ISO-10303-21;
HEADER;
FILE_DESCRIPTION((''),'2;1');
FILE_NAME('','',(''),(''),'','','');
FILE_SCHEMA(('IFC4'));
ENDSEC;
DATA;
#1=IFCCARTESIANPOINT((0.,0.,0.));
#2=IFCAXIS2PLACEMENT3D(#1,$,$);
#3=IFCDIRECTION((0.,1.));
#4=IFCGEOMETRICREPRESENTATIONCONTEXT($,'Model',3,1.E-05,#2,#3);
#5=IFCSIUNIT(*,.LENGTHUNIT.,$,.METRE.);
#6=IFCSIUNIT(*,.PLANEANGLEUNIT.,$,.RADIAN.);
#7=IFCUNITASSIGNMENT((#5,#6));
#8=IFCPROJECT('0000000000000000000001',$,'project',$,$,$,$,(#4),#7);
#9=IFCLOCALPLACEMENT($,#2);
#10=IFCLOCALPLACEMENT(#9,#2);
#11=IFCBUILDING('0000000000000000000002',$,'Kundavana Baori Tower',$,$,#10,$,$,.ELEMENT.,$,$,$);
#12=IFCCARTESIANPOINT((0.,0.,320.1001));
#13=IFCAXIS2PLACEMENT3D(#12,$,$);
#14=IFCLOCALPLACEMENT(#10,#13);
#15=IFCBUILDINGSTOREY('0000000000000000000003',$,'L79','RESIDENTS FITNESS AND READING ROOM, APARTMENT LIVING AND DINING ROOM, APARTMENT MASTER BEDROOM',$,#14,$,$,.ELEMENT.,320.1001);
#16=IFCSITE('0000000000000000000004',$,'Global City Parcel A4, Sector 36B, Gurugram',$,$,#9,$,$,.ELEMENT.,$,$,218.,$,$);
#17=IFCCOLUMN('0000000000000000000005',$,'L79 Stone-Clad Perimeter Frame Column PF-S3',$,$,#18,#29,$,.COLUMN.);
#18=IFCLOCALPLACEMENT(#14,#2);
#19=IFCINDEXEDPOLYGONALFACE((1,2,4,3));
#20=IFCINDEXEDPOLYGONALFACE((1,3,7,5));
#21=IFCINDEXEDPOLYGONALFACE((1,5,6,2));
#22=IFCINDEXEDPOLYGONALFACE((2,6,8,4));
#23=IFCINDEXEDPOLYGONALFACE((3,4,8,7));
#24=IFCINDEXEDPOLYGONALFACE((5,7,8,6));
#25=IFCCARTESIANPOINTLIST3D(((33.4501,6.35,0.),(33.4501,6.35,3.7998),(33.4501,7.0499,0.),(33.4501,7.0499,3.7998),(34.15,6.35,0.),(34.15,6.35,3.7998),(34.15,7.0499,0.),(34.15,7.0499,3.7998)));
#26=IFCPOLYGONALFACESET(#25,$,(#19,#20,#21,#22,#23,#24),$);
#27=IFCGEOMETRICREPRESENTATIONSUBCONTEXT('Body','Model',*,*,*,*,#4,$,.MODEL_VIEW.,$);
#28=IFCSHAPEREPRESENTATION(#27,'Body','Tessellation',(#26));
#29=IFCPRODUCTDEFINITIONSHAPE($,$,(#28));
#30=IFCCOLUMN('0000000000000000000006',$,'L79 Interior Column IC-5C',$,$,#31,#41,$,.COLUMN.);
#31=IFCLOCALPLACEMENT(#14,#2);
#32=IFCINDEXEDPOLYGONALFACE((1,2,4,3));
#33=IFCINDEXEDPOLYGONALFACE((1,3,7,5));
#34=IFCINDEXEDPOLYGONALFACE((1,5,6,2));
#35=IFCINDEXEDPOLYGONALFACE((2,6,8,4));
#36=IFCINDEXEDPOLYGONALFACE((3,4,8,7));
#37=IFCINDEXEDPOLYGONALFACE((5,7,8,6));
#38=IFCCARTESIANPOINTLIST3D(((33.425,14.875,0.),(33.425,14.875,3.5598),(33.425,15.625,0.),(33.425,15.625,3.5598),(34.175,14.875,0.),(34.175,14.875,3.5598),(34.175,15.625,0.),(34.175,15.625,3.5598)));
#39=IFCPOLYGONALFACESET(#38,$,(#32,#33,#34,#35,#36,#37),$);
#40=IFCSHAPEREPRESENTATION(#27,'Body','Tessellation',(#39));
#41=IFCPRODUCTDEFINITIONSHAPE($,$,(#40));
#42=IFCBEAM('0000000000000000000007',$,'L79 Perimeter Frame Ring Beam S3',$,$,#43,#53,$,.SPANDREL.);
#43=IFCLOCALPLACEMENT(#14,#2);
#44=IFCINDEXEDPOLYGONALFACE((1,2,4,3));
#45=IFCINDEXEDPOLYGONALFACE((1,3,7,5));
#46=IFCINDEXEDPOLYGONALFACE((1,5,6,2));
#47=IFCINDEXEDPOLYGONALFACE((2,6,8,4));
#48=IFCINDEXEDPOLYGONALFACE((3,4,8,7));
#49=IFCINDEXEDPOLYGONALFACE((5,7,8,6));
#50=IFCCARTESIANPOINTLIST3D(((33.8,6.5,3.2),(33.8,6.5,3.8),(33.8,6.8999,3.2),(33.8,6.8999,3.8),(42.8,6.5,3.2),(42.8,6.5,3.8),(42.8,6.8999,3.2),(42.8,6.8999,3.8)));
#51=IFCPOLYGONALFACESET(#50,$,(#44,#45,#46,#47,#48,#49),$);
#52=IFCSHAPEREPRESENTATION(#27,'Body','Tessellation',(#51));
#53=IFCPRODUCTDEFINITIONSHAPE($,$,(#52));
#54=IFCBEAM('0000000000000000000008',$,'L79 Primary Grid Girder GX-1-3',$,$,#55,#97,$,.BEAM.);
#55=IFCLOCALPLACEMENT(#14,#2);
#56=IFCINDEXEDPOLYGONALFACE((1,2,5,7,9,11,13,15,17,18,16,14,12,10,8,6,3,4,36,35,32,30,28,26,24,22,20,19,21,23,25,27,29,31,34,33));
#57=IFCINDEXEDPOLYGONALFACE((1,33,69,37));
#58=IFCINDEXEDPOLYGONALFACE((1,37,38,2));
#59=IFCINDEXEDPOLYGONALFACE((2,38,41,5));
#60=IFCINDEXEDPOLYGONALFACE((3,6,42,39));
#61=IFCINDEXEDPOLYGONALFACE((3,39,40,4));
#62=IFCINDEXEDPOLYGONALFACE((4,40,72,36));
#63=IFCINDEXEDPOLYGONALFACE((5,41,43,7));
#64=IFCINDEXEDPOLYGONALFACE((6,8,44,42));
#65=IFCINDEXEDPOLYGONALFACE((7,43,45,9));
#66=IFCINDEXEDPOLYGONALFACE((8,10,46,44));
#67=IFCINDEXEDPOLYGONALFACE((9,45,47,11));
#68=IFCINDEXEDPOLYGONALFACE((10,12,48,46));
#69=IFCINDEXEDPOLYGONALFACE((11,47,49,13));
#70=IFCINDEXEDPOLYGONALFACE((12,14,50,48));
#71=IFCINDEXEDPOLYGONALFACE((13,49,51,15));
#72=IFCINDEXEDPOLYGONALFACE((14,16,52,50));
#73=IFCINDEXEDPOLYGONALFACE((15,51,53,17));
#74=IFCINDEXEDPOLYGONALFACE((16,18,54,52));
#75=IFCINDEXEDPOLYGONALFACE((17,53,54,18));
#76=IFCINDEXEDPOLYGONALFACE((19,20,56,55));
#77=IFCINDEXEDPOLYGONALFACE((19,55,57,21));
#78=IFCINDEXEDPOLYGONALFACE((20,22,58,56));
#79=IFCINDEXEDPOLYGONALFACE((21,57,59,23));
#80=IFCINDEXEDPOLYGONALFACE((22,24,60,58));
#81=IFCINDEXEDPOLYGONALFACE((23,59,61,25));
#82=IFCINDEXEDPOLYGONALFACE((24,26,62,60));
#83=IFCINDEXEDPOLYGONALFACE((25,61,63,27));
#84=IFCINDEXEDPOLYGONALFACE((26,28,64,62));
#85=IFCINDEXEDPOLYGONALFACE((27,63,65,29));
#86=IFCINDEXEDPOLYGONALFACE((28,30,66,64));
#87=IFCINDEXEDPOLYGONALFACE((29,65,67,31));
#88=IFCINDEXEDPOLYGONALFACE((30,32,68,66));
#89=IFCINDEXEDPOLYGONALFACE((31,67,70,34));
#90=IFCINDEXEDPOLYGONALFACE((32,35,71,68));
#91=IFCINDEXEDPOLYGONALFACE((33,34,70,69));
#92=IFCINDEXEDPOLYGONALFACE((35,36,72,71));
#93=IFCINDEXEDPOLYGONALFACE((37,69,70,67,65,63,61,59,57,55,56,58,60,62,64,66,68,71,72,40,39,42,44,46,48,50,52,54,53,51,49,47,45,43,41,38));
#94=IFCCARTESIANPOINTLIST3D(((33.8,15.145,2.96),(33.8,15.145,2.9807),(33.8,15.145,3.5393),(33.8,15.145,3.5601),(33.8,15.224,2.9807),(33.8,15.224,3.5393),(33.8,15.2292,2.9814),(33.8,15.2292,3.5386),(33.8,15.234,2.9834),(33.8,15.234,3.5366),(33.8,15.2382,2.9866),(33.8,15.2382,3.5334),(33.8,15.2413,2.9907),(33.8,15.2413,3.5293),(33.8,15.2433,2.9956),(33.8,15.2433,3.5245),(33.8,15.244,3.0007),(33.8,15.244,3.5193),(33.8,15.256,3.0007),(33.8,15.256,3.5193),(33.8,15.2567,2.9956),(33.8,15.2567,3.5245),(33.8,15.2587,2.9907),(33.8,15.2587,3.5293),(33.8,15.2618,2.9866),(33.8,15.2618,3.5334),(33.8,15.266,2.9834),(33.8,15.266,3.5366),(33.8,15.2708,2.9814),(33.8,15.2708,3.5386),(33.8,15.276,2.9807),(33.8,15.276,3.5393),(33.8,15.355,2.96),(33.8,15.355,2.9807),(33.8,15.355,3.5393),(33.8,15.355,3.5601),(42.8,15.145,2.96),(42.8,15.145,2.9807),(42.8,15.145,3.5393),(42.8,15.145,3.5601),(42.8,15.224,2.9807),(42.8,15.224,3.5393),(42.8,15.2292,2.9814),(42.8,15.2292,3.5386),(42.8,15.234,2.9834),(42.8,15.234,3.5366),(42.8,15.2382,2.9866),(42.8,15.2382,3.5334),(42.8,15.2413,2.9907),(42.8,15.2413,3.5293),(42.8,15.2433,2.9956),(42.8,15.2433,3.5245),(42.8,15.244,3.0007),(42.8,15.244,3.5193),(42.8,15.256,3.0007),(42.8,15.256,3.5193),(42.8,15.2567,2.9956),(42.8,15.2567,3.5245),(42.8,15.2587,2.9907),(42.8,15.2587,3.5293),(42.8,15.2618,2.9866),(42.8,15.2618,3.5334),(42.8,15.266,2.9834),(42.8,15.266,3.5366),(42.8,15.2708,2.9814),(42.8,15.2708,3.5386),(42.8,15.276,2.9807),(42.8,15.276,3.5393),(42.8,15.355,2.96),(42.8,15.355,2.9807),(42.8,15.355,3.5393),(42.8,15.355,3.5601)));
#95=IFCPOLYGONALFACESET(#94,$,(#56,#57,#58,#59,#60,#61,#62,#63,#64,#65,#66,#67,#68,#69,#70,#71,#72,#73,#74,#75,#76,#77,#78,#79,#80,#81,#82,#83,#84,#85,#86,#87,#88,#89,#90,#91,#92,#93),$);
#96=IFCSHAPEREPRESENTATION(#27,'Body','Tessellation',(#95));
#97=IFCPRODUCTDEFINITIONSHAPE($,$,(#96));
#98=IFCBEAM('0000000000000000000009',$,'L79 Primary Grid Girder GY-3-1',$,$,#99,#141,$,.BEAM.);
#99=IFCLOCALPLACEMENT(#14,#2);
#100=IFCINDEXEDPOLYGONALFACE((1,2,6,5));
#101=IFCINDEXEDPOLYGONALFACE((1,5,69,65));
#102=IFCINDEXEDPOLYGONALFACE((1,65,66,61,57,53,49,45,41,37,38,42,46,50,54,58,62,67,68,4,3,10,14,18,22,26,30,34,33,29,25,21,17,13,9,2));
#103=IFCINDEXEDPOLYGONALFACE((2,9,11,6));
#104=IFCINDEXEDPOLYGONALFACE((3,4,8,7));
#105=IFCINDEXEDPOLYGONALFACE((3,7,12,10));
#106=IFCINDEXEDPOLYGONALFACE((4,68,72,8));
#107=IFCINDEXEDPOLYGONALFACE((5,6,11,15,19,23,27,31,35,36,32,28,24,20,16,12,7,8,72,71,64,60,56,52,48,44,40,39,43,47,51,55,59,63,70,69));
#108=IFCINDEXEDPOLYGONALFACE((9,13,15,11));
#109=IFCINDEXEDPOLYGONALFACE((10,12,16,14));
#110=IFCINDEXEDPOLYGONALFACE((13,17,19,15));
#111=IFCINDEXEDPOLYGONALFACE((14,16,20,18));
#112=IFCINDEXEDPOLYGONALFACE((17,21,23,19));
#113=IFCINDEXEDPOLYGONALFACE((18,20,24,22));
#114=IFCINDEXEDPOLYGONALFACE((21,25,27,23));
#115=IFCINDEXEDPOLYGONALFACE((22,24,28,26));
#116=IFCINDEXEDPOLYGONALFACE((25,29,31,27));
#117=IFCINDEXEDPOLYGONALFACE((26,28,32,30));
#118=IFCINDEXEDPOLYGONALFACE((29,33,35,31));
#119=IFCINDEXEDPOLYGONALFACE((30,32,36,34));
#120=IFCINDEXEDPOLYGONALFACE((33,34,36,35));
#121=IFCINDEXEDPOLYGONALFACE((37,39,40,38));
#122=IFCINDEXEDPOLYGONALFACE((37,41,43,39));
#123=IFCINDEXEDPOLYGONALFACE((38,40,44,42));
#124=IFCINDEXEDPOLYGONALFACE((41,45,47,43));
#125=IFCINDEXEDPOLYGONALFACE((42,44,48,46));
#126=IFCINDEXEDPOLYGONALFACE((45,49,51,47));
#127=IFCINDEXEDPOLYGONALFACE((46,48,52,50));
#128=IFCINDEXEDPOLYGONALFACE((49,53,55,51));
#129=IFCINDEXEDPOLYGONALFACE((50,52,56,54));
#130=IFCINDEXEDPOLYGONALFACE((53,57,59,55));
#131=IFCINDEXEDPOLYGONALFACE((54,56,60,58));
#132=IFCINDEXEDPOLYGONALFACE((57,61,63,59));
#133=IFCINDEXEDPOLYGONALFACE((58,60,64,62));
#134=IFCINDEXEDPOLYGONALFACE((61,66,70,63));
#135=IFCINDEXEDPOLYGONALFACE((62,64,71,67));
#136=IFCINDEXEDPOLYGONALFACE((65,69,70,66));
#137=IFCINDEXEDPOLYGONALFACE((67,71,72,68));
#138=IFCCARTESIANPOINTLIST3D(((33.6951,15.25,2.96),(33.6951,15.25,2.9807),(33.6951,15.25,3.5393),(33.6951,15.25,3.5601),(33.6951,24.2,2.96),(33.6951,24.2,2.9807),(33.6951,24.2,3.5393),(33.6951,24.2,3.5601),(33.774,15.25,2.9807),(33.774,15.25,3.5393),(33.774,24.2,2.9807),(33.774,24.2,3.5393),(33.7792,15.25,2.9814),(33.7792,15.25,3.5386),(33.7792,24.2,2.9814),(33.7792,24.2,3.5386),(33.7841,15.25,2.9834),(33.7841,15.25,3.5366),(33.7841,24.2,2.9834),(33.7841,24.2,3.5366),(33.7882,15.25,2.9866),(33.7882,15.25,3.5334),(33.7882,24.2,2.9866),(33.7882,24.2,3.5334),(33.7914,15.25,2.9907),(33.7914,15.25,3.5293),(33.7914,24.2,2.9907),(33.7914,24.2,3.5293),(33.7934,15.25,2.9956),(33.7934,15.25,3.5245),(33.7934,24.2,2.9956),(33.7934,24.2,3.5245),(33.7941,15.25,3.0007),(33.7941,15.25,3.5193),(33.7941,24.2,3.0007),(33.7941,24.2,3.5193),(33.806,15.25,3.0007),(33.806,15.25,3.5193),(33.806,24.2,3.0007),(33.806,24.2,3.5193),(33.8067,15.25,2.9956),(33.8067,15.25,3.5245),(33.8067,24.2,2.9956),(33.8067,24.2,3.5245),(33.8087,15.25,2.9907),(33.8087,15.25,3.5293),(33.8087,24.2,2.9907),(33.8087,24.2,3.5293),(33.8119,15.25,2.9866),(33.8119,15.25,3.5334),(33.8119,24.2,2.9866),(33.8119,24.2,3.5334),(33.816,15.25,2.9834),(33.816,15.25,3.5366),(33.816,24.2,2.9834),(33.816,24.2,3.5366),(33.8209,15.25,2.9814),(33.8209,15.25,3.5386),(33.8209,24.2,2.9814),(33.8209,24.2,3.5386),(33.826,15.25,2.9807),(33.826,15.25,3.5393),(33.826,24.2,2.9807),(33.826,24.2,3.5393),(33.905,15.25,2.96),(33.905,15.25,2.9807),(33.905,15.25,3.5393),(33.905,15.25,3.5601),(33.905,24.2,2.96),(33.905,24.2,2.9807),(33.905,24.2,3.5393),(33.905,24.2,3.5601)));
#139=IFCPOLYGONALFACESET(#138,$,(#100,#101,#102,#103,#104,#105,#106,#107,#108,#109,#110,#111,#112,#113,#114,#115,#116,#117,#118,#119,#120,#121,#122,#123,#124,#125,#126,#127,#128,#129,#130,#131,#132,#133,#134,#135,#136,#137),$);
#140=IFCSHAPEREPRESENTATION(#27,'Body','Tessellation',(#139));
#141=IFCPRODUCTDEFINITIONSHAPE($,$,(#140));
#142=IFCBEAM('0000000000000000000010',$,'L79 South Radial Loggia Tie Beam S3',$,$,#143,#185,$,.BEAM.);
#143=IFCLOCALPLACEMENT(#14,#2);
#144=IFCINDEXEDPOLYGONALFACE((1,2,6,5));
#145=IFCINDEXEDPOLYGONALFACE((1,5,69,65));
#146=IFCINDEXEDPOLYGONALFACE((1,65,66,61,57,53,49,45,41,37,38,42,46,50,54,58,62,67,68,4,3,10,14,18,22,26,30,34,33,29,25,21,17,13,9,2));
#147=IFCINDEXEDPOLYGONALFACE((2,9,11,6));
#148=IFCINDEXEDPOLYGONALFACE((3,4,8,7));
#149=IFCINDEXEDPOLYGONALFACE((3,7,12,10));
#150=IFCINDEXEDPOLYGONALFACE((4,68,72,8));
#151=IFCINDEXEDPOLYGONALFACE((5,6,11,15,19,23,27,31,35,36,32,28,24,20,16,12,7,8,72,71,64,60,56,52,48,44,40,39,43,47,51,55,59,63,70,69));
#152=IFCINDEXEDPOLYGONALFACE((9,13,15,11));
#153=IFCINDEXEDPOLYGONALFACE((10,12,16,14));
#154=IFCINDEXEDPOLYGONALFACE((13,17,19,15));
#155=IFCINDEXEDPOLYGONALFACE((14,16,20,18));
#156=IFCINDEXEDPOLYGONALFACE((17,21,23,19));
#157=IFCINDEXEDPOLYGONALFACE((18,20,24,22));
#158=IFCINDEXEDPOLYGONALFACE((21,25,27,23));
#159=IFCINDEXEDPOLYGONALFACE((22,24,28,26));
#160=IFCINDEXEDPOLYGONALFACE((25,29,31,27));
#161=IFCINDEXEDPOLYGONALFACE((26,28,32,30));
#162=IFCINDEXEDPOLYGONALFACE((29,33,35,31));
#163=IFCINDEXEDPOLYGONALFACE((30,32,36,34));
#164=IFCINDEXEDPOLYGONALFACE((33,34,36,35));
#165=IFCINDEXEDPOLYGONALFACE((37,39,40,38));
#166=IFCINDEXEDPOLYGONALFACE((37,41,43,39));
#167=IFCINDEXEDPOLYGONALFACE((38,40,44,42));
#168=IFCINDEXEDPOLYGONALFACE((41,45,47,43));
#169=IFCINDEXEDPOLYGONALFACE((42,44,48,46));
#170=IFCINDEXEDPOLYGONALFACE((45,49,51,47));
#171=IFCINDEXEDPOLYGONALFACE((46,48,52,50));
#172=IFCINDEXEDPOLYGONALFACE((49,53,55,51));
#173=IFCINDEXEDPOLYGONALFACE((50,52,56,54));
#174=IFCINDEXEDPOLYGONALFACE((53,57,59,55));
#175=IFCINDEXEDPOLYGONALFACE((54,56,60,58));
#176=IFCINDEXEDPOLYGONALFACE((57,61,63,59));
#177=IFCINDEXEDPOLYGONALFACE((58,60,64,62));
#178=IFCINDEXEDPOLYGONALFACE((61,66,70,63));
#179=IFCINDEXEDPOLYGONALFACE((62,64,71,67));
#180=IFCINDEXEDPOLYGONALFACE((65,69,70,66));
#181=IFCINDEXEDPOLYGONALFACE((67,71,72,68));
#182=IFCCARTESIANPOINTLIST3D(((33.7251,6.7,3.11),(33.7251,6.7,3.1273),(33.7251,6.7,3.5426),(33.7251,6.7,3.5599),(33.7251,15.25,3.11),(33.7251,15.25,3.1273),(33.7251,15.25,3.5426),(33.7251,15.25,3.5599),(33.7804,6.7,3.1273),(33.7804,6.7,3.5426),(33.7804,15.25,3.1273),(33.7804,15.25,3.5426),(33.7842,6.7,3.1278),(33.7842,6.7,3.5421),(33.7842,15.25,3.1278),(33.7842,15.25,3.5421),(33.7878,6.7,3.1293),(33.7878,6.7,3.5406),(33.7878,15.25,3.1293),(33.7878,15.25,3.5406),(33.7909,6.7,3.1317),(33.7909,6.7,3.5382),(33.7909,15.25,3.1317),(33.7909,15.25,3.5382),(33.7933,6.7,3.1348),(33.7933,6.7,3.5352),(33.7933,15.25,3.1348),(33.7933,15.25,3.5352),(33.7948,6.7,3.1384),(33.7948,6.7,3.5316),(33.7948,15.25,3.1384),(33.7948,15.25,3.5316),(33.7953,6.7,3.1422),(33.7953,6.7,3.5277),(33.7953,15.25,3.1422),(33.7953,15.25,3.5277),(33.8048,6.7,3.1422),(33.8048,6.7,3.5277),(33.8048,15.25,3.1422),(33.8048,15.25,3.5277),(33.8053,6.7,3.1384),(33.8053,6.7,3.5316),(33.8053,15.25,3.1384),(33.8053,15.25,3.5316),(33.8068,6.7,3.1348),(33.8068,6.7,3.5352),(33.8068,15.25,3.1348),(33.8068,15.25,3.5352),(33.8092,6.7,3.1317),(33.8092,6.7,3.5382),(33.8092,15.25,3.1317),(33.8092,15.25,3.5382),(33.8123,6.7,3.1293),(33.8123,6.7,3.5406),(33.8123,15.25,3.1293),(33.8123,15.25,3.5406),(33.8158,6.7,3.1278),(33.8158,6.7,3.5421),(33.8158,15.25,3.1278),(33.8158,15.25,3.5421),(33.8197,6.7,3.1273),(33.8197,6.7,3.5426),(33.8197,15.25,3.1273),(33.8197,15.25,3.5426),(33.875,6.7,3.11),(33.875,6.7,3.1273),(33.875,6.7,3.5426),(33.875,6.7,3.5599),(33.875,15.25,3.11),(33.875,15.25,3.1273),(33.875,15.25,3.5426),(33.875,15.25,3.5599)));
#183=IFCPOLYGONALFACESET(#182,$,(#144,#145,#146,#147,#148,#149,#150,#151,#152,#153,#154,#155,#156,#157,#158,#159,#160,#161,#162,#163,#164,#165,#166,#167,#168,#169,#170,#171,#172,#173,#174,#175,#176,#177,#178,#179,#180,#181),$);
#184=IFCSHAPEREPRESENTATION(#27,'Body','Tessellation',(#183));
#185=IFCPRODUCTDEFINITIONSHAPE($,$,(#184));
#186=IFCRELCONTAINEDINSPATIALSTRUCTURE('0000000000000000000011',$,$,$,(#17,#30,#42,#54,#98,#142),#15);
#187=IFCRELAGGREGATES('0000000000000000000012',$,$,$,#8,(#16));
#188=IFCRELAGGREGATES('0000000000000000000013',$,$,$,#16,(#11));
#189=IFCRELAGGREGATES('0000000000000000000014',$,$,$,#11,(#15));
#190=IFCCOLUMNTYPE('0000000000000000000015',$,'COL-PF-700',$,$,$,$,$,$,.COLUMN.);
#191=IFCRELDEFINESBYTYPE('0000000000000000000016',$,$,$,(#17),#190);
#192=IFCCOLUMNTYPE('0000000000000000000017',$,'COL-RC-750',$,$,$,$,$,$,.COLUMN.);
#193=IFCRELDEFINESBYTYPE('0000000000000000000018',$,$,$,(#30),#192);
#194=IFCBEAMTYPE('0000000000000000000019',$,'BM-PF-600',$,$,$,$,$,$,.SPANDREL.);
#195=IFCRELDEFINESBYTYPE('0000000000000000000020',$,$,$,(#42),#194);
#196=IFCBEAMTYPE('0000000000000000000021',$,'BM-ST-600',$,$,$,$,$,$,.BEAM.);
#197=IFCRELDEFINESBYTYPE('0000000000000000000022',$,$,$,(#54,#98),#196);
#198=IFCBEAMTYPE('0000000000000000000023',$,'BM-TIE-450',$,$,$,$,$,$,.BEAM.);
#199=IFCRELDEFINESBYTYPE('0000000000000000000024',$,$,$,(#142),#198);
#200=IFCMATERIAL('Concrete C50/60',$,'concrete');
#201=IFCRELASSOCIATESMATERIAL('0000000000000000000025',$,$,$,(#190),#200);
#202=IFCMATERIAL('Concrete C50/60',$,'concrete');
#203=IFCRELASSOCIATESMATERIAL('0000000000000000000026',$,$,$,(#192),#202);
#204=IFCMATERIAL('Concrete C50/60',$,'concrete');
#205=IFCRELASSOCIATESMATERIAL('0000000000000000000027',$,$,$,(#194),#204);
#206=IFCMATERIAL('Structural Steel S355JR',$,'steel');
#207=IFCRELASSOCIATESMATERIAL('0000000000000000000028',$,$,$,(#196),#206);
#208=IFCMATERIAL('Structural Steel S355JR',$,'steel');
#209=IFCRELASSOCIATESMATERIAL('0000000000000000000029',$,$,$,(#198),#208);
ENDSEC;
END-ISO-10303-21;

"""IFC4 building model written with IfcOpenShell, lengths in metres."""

from ifc_helpers import new_model, si_unit, direction, frame, origin, origin_2d, place, context, subcontext, project, spatial, rectangle, i_section, extrude, material, material_profile, profile_set, type_object, element, save


model = new_model("IFC4")

# Units and contexts
model_context = context("Model", 3, precision=1e-05, world=origin(), true_north=direction((0.0, 1.0)))
body_context = subcontext(model_context, "Body", "Model", "MODEL_VIEW")
ifc_project = project(units=[si_unit("LENGTHUNIT", "METRE"), si_unit("PLANEANGLEUNIT", "RADIAN")], contexts=[model_context])

# Site, building, storey
site_placement = place(None, origin())
site = spatial("IfcSite", under=ifc_project, at=site_placement, Name="Global City Parcel A4, Sector 36B, Gurugram", CompositionType="ELEMENT", RefElevation=218.0)
building_placement = place(site_placement, origin())
building = spatial("IfcBuilding", under=site, at=building_placement, Name="Kundavana Baori Tower", CompositionType="ELEMENT")
storey_placement = place(building_placement, frame((0.0, 0.0, 320.1001)))
storey = spatial("IfcBuildingStorey", under=building, at=storey_placement, Name="L79", Description="RESIDENTS FITNESS AND READING ROOM, APARTMENT LIVING AND DINING ROOM, APARTMENT MASTER BEDROOM", CompositionType="ELEMENT", Elevation=320.1001)

# Columns
ifc_material_1 = material(Name="Concrete C50/60", Category="concrete")
ifc_material_profile_1 = material_profile(ifc_material_1, rectangle(XDim=0.7, YDim=0.7, at=origin_2d()), Name="RC PF 700x700")
ifc_profile_set_1 = profile_set([ifc_material_profile_1], Name="Concrete C50/60")
column_type_1 = type_object("IfcColumnType", Name="COL-PF-700", PredefinedType="COLUMN", material=ifc_profile_set_1)
column_1_placement = place(storey_placement, frame((33.8, 6.7, 0.0), z_axis=(0.0, 0.0, 1.0), x_axis=(1.0, 0.0, 0.0)))
element("IfcColumn", 1, at=column_1_placement, inside=storey, type_object=column_type_1, Name="L79 Stone-Clad Perimeter Frame Column PF-S3", PredefinedType="COLUMN", context=body_context, shape_type="SweptSolid", body=[
    extrude(rectangle(XDim=0.7, YDim=0.7, at=origin_2d()), origin(), (0.0, 0.0, 1.0), 3.7998),
])
ifc_material_2 = material(Name="Concrete C50/60", Category="concrete")
ifc_material_profile_2 = material_profile(ifc_material_2, rectangle(XDim=0.75, YDim=0.75, at=origin_2d()), Name="RC 750x750")
ifc_profile_set_2 = profile_set([ifc_material_profile_2], Name="Concrete C50/60")
column_type_2 = type_object("IfcColumnType", Name="COL-RC-750", PredefinedType="COLUMN", material=ifc_profile_set_2)
column_2_placement = place(storey_placement, frame((33.8, 15.25, 0.0), z_axis=(0.0, 0.0, 1.0), x_axis=(1.0, 0.0, 0.0)))
element("IfcColumn", 2, at=column_2_placement, inside=storey, type_object=column_type_2, Name="L79 Interior Column IC-5C", PredefinedType="COLUMN", context=body_context, shape_type="SweptSolid", body=[
    extrude(rectangle(XDim=0.75, YDim=0.75, at=origin_2d()), origin(), (0.0, 0.0, 1.0), 3.5598),
])

# Beams
ifc_material_3 = material(Name="Concrete C50/60", Category="concrete")
ifc_material_profile_3 = material_profile(ifc_material_3, rectangle(XDim=0.3999, YDim=0.6001, at=origin_2d()), Name="RC BM 400x600")
ifc_profile_set_3 = profile_set([ifc_material_profile_3], Name="Concrete C50/60")
beam_type_1 = type_object("IfcBeamType", Name="BM-PF-600", PredefinedType="SPANDREL", material=ifc_profile_set_3)
beam_1_placement = place(storey_placement, frame((33.8, 6.7, 3.5), z_axis=(1.0, 0.0, 0.0), x_axis=(0.0, 1.0, 0.0)))
element("IfcBeam", 3, at=beam_1_placement, inside=storey, type_object=beam_type_1, Name="L79 Perimeter Frame Ring Beam S3", PredefinedType="SPANDREL", context=body_context, shape_type="SweptSolid", body=[
    extrude(rectangle(XDim=0.3999, YDim=0.6001, at=origin_2d()), origin(), (0.0, 0.0, 1.0), 9.0),
])
ifc_material_4 = material(Name="Structural Steel S355JR", Category="steel")
ifc_material_profile_4 = material_profile(ifc_material_4, i_section(OverallWidth=0.21, OverallDepth=0.6001, WebThickness=0.012, FlangeThickness=0.0208, FilletRadius=0.02, at=origin_2d()), Name="ISMB 600")
ifc_profile_set_4 = profile_set([ifc_material_profile_4], Name="Structural Steel S355JR")
beam_type_2 = type_object("IfcBeamType", Name="BM-ST-600", PredefinedType="BEAM", material=ifc_profile_set_4)
beam_2_placement = place(storey_placement, frame((33.8, 15.25, 3.26), z_axis=(1.0, 0.0, 0.0), x_axis=(0.0, 1.0, 0.0)))
element("IfcBeam", 4, at=beam_2_placement, inside=storey, type_object=beam_type_2, Name="L79 Primary Grid Girder GX-1-3", PredefinedType="BEAM", context=body_context, shape_type="SweptSolid", body=[
    extrude(i_section(OverallWidth=0.21, OverallDepth=0.6001, WebThickness=0.012, FlangeThickness=0.0208, FilletRadius=0.02, at=origin_2d()), origin(), (0.0, 0.0, 1.0), 9.0),
])
beam_3_placement = place(storey_placement, frame((33.8, 15.25, 3.26), z_axis=(0.0, 1.0, 0.0), x_axis=(-1.0, 0.0, 0.0)))
element("IfcBeam", 5, at=beam_3_placement, inside=storey, type_object=beam_type_2, Name="L79 Primary Grid Girder GY-3-1", PredefinedType="BEAM", context=body_context, shape_type="SweptSolid", body=[
    extrude(i_section(OverallWidth=0.21, OverallDepth=0.6001, WebThickness=0.012, FlangeThickness=0.0208, FilletRadius=0.02, at=origin_2d()), origin(), (0.0, 0.0, 1.0), 8.95),
])
ifc_material_5 = material(Name="Structural Steel S355JR", Category="steel")
ifc_material_profile_5 = material_profile(ifc_material_5, i_section(OverallWidth=0.1499, OverallDepth=0.45, WebThickness=0.0095, FlangeThickness=0.0173, FilletRadius=0.0149, at=origin_2d()), Name="ISMB 450")
ifc_profile_set_5 = profile_set([ifc_material_profile_5], Name="Structural Steel S355JR")
beam_type_3 = type_object("IfcBeamType", Name="BM-TIE-450", PredefinedType="BEAM", material=ifc_profile_set_5)
beam_4_placement = place(storey_placement, frame((33.8, 15.25, 3.335), z_axis=(0.0, -1.0, 0.0), x_axis=(1.0, 0.0, 0.0)))
element("IfcBeam", 6, at=beam_4_placement, inside=storey, type_object=beam_type_3, Name="L79 South Radial Loggia Tie Beam S3", PredefinedType="BEAM", context=body_context, shape_type="SweptSolid", body=[
    extrude(i_section(OverallWidth=0.1499, OverallDepth=0.45, WebThickness=0.0095, FlangeThickness=0.0173, FilletRadius=0.0149, at=origin_2d()), origin(), (0.0, 0.0, 1.0), 8.55),
])

save(model, "model.ifc")
